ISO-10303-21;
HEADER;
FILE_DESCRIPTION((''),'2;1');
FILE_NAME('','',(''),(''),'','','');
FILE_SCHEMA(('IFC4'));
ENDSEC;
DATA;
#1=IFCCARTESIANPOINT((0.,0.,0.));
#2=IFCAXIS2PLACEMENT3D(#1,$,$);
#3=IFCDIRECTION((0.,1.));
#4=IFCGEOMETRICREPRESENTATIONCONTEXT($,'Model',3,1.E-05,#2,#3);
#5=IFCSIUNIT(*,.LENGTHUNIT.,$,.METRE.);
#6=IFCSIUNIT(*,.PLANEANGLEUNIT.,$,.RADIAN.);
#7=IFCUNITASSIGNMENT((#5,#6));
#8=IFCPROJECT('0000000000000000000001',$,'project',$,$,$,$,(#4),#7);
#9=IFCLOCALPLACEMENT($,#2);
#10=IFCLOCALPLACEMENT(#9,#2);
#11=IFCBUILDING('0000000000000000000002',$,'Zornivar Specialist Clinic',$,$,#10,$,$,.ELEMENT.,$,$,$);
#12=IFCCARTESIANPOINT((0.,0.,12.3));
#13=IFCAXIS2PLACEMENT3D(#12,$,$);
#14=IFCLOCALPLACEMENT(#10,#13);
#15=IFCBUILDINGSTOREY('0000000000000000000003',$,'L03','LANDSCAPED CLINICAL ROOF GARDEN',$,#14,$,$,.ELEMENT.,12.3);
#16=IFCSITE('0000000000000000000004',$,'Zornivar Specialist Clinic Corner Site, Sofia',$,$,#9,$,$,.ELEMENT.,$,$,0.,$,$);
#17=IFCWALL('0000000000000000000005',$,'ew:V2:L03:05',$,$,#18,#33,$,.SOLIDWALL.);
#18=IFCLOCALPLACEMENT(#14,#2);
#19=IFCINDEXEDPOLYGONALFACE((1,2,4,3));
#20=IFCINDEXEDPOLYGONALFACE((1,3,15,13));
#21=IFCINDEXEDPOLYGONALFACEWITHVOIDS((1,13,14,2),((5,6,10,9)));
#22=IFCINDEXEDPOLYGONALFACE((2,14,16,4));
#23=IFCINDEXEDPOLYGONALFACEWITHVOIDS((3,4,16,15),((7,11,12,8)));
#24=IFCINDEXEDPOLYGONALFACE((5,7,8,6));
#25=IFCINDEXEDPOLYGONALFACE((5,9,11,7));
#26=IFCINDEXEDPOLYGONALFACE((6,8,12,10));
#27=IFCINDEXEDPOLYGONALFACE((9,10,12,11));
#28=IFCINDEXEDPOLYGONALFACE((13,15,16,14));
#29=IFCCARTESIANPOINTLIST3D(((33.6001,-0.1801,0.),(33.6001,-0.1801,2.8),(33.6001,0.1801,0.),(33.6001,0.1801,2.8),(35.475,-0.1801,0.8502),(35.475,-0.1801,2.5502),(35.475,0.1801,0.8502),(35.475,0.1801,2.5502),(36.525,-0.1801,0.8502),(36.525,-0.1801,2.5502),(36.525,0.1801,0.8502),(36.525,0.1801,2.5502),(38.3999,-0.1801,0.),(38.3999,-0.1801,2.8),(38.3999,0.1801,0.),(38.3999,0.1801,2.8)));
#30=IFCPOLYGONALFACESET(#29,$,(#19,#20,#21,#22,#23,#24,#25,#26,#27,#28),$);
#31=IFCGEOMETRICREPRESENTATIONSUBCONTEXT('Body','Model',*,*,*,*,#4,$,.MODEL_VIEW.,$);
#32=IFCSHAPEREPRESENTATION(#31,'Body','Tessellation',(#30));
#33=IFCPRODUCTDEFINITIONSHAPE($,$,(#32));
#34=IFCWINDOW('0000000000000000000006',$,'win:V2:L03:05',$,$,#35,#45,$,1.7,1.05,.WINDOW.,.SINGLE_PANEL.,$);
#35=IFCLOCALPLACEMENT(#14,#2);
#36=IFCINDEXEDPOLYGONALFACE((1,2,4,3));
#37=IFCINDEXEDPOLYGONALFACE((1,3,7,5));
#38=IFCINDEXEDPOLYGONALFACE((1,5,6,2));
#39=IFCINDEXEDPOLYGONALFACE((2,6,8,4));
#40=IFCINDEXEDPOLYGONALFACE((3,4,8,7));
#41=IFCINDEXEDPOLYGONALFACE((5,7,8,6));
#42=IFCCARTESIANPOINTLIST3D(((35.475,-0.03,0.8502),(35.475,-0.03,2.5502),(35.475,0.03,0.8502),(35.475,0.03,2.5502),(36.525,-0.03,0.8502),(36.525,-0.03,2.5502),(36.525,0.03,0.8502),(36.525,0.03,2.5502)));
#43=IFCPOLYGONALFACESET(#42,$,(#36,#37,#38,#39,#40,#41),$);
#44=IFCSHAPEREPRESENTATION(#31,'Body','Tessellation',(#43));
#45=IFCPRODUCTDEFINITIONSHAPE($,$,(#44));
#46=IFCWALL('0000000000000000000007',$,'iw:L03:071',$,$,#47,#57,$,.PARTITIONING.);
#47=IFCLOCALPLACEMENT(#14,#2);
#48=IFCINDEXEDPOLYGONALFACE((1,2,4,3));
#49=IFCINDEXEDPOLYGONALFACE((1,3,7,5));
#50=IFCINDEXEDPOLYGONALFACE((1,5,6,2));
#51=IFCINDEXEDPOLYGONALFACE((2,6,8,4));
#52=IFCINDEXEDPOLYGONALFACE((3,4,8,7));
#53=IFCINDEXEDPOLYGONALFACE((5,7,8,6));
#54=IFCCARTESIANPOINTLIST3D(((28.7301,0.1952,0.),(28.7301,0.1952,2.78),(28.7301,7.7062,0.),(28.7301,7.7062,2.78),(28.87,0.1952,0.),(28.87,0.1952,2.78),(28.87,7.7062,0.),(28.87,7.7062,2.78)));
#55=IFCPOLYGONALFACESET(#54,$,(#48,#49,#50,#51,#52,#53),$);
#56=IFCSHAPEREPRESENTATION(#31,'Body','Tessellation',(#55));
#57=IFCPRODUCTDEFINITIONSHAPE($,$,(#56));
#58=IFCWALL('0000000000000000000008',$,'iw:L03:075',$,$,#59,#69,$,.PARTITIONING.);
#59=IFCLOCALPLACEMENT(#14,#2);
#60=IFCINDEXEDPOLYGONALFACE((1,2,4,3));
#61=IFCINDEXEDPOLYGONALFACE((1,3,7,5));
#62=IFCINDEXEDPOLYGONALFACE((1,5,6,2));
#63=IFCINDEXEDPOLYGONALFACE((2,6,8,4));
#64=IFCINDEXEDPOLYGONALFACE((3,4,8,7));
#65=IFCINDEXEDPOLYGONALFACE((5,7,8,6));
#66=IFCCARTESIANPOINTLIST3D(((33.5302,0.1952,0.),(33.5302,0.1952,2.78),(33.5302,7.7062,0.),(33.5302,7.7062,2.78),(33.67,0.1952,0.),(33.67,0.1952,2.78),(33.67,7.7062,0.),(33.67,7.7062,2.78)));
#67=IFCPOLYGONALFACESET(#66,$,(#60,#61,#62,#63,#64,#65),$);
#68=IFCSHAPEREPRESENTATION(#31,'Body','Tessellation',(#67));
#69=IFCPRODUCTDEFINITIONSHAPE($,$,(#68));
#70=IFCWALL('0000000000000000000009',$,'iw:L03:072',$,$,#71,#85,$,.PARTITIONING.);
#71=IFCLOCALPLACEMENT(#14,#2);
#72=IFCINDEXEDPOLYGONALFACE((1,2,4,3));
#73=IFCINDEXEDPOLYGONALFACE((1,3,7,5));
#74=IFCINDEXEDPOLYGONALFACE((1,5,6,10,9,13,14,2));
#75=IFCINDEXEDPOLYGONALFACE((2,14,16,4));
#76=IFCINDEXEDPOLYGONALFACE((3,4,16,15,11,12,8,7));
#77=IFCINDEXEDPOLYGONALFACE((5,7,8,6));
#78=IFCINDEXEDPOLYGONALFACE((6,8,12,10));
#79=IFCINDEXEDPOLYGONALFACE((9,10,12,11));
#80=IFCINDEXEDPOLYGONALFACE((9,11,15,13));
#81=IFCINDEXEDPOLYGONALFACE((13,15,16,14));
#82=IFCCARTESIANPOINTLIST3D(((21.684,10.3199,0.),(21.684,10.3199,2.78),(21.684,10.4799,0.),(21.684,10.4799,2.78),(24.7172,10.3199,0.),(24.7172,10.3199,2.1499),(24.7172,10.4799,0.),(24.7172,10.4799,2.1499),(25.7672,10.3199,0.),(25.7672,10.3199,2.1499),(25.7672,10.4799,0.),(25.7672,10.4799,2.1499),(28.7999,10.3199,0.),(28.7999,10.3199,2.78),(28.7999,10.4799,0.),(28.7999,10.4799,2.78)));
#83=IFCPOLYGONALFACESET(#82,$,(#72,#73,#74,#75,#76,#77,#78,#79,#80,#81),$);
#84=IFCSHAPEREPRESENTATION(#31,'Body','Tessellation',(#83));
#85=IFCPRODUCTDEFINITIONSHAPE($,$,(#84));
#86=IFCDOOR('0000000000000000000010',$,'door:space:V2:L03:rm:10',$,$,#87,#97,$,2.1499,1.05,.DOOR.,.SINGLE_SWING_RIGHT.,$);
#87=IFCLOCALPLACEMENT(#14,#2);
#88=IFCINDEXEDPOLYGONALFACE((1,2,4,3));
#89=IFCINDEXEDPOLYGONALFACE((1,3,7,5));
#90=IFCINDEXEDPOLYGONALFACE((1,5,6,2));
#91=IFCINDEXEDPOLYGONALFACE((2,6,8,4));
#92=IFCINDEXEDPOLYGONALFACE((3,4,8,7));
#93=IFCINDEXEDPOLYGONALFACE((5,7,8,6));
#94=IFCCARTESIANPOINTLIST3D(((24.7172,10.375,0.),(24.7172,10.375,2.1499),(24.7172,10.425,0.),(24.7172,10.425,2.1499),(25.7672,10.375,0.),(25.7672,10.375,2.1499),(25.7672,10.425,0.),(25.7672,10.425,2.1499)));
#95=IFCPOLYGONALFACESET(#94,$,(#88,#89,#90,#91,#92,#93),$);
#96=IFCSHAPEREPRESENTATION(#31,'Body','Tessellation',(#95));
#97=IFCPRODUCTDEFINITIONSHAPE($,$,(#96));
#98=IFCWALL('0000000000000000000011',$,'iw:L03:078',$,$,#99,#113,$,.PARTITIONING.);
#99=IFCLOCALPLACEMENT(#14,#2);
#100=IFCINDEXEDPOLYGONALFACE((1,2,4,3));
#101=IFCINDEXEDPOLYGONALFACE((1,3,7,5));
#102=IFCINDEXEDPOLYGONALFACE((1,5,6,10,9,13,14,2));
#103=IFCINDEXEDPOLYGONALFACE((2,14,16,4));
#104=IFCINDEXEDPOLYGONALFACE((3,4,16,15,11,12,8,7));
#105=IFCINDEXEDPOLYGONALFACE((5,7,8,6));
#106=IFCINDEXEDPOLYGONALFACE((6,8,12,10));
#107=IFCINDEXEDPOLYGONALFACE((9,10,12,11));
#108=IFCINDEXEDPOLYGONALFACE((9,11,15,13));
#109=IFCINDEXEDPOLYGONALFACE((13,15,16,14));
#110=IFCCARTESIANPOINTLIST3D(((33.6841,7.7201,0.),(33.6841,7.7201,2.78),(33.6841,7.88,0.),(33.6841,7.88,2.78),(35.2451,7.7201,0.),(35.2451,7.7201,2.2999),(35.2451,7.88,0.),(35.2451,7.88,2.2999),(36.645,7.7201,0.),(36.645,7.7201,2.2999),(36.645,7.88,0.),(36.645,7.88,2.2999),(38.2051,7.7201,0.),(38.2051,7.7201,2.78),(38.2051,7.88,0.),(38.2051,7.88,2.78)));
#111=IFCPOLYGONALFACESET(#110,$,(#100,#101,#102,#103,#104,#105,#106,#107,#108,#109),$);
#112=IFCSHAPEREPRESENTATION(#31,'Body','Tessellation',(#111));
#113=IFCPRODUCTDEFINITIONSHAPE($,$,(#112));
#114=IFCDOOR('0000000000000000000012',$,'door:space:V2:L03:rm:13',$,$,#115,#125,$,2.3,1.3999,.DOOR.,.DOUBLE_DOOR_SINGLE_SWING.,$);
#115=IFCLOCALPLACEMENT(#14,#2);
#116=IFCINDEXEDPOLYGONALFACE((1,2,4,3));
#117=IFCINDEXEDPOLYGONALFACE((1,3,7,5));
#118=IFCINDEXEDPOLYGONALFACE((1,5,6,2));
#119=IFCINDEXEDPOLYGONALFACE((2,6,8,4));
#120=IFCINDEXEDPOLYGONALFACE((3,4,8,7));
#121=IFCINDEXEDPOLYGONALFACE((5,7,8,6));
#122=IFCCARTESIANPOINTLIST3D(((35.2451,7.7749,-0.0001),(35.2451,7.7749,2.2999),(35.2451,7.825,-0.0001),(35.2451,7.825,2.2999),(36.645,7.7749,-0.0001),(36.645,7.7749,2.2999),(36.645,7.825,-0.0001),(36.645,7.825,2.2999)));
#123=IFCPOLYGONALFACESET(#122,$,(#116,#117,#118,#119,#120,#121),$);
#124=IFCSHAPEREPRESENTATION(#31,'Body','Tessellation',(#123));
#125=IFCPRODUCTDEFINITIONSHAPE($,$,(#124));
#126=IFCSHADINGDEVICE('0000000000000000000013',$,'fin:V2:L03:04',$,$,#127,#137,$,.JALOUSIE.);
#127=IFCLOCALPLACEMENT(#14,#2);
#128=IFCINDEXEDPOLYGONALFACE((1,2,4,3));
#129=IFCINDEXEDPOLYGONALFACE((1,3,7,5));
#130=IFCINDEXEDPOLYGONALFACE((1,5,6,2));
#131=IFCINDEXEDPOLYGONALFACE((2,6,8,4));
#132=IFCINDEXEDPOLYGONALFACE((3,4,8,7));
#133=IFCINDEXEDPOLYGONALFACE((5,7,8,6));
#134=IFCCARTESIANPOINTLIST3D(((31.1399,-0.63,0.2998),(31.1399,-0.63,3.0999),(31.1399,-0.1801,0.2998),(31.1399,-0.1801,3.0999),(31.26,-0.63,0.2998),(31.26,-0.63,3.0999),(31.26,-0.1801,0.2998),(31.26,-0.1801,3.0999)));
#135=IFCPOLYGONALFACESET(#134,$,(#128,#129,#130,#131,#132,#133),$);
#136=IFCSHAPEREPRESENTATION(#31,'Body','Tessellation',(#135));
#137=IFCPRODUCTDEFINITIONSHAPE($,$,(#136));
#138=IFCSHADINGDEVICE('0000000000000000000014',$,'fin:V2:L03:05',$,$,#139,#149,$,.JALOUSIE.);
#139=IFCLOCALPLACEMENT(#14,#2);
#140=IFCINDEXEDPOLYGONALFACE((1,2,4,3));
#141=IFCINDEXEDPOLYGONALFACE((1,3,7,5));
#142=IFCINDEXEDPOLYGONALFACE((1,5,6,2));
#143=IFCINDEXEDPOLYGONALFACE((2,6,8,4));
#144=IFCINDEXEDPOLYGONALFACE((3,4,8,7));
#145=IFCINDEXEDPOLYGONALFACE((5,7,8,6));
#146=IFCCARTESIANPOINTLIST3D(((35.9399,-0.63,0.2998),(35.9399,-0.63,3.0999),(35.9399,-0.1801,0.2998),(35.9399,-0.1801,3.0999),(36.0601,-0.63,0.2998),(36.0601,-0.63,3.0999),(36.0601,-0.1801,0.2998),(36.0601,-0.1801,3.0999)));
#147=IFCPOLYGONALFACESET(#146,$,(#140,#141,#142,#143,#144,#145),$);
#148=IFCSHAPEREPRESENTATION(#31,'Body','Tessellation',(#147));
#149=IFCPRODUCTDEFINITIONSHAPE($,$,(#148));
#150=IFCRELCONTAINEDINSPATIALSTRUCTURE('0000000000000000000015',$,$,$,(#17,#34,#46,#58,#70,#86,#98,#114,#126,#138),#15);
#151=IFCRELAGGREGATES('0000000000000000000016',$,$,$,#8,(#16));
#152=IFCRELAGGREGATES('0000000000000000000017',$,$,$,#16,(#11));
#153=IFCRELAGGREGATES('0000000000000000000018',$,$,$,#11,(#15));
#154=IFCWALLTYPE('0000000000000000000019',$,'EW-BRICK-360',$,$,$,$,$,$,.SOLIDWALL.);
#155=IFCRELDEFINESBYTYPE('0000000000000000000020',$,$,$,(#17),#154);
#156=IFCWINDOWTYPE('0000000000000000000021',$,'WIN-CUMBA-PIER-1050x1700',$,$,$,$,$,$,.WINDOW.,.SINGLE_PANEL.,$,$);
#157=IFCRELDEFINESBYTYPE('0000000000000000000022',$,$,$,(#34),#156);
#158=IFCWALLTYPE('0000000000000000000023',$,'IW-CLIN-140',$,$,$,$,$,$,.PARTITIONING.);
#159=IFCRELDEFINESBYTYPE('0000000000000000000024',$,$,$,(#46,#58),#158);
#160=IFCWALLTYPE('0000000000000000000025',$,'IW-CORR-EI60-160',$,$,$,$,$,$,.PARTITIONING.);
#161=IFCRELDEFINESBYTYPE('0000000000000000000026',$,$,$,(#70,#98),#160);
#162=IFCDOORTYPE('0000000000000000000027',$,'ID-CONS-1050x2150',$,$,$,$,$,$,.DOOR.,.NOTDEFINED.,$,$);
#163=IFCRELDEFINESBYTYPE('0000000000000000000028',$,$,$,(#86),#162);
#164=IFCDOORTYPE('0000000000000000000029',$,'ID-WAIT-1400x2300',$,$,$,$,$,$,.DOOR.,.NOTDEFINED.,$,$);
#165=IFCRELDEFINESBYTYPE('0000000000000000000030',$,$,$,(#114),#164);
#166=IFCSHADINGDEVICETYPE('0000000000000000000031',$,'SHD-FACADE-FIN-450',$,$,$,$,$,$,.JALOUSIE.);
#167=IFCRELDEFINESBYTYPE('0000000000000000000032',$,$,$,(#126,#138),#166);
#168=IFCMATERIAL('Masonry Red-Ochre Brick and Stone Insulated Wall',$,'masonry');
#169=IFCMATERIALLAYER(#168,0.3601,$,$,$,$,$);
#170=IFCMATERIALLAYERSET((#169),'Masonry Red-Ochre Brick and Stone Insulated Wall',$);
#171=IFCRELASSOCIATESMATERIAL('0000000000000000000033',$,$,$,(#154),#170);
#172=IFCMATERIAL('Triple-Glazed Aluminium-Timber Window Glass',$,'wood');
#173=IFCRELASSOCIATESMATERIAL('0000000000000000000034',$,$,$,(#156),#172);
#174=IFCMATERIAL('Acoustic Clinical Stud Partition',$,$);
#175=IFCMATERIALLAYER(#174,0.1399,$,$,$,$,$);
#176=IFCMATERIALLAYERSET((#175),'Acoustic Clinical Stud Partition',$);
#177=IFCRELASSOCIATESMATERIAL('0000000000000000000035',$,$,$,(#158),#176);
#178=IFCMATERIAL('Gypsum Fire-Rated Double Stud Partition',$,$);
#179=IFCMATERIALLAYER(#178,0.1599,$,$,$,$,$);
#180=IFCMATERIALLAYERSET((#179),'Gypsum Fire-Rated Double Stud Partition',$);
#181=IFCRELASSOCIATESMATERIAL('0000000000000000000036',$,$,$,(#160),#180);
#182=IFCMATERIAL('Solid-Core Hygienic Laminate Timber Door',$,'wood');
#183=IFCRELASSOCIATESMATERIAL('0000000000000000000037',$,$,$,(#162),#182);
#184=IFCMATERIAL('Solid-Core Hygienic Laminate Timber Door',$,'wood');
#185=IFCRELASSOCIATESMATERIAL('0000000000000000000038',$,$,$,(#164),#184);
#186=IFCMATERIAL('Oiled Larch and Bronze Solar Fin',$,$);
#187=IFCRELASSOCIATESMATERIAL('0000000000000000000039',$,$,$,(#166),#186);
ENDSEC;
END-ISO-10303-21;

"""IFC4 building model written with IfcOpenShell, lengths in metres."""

from ifc_helpers import new_model, si_unit, direction, frame, frame_2d, origin, origin_2d, place, context, subcontext, project, spatial, rectangle, extrude, material, layer, layer_set, type_object, element, fill, save


model = new_model("IFC4")

# Units and contexts
model_context = context("Model", 3, precision=1e-05, world=origin(), true_north=direction((0.0, 1.0)))
body_context = subcontext(model_context, "Body", "Model", "MODEL_VIEW")
ifc_project = project(units=[si_unit("LENGTHUNIT", "METRE"), si_unit("PLANEANGLEUNIT", "RADIAN")], contexts=[model_context])

# Site, building, storey
site_placement = place(None, origin())
site = spatial("IfcSite", under=ifc_project, at=site_placement, Name="Zornivar Specialist Clinic Corner Site, Sofia", CompositionType="ELEMENT", RefElevation=0.0)
building_placement = place(site_placement, origin())
building = spatial("IfcBuilding", under=site, at=building_placement, Name="Zornivar Specialist Clinic", CompositionType="ELEMENT")
storey_placement = place(building_placement, frame((0.0, 0.0, 12.3)))
storey = spatial("IfcBuildingStorey", under=building, at=storey_placement, Name="L03", Description="LANDSCAPED CLINICAL ROOF GARDEN", CompositionType="ELEMENT", Elevation=12.3)

# Wall, opening, window
ifc_material_1 = material(Name="Masonry Red-Ochre Brick and Stone Insulated Wall", Category="masonry")
ifc_layer_1 = layer(ifc_material_1, 0.3601)
ifc_layer_set_1 = layer_set([ifc_layer_1], Name="Masonry Red-Ochre Brick and Stone Insulated Wall")
wall_type_1 = type_object("IfcWallType", Name="EW-BRICK-360", PredefinedType="SOLIDWALL", material=ifc_layer_set_1)
ifc_material_2 = material(Name="Triple-Glazed Aluminium-Timber Window Glass", Category="wood")
window_type = type_object("IfcWindowType", Name="WIN-CUMBA-PIER-1050x1700", PartitioningType="SINGLE_PANEL", PredefinedType="WINDOW", material=ifc_material_2)
wall_1_placement = place(storey_placement, frame((33.6001, 0.0, 0.0), z_axis=(0.0, 0.0, 1.0), x_axis=(1.0, 0.0, 0.0)))
wall_1 = element("IfcWall", 1, at=wall_1_placement, inside=storey, type_object=wall_type_1, Name="ew:V2:L03:05", PredefinedType="SOLIDWALL", context=body_context, shape_type="SweptSolid", body=[
    extrude(rectangle(XDim=4.7998, YDim=0.3601, at=frame_2d((2.3999, 0.0))), origin(), (0.0, 0.0, 1.0), 2.8),
])
opening_1_placement = place(wall_1_placement, frame((1.875, 0.0, 0.8501)))
opening_1 = element("IfcOpeningElement", 2, at=opening_1_placement, cuts=wall_1, PredefinedType="OPENING", context=body_context, shape_type="SweptSolid", body=[
    extrude(rectangle(XDim=1.05, YDim=1.7, at=frame_2d((0.5249, 0.8501))), frame((0.0, 0.1899, 0.0), z_axis=(0.0, -1.0, 0.0), x_axis=(1.0, 0.0, 0.0)), (0.0, 0.0, 1.0), 0.3801),
])
window_1_placement = place(opening_1_placement, origin())
window_1 = element("IfcWindow", 3, at=window_1_placement, inside=storey, type_object=window_type, Name="win:V2:L03:05", OverallHeight=1.7, OverallWidth=1.05, PartitioningType="SINGLE_PANEL", PredefinedType="WINDOW", context=body_context, shape_type="SweptSolid", body=[
    extrude(rectangle(XDim=1.05, YDim=1.7, at=frame_2d((0.5249, 0.8501))), frame((0.0, 0.03, 0.0), z_axis=(0.0, -1.0, 0.0), x_axis=(1.0, 0.0, 0.0)), (0.0, 0.0, 1.0), 0.0601),
])
fill(opening_1, window_1)

# Walls
ifc_material_3 = material(Name="Acoustic Clinical Stud Partition")
ifc_layer_2 = layer(ifc_material_3, 0.1399)
ifc_layer_set_2 = layer_set([ifc_layer_2], Name="Acoustic Clinical Stud Partition")
wall_type_2 = type_object("IfcWallType", Name="IW-CLIN-140", PredefinedType="PARTITIONING", material=ifc_layer_set_2)
for number, where, z_axis, x_axis, name in (
    (4, (28.8, 7.7061, 0.0), (0.0, 0.0, 1.0), (0.0, -1.0, 0.0), "iw:L03:071"),
    (5, (33.6001, 7.7061, 0.0), (0.0, 0.0, 1.0), (0.0, -1.0, 0.0), "iw:L03:075"),
):
    element("IfcWall", number, at=place(storey_placement, frame(where, z_axis=z_axis, x_axis=x_axis)), inside=storey, type_object=wall_type_2, Name=name, PredefinedType="PARTITIONING", context=body_context, shape_type="SweptSolid", body=[
        extrude(rectangle(XDim=7.511, YDim=0.1399, at=frame_2d((3.7554, 0.0))), origin(), (0.0, 0.0, 1.0), 2.78),
    ])

# Walls, openings, doors
ifc_material_4 = material(Name="Gypsum Fire-Rated Double Stud Partition")
ifc_layer_3 = layer(ifc_material_4, 0.1599)
ifc_layer_set_3 = layer_set([ifc_layer_3], Name="Gypsum Fire-Rated Double Stud Partition")
wall_type_3 = type_object("IfcWallType", Name="IW-CORR-EI60-160", PredefinedType="PARTITIONING", material=ifc_layer_set_3)
wall_2_placement = place(storey_placement, frame((28.8, 10.3999, 0.0), z_axis=(0.0, 0.0, 1.0), x_axis=(-1.0, 0.0, 0.0)))
wall_2 = element("IfcWall", 6, at=wall_2_placement, inside=storey, type_object=wall_type_3, Name="iw:L03:072", PredefinedType="PARTITIONING", context=body_context, shape_type="SweptSolid", body=[
    extrude(rectangle(XDim=7.116, YDim=0.1599, at=frame_2d((3.5581, 0.0))), origin(), (0.0, 0.0, 1.0), 2.78),
])
opening_2_placement = place(wall_2_placement, frame((3.033, 0.0, 0.0)))
opening_2 = element("IfcOpeningElement", 7, at=opening_2_placement, cuts=wall_2, PredefinedType="OPENING", context=body_context, shape_type="SweptSolid", body=[
    extrude(rectangle(XDim=1.05, YDim=2.1499, at=frame_2d((0.5249, 1.075))), frame((0.0, 0.0898, 0.0), z_axis=(0.0, -1.0, 0.0), x_axis=(1.0, 0.0, 0.0)), (0.0, 0.0, 1.0), 0.1799),
])
ifc_material_5 = material(Name="Solid-Core Hygienic Laminate Timber Door", Category="wood")
door_type_1 = type_object("IfcDoorType", Name="ID-CONS-1050x2150", OperationType="NOTDEFINED", PredefinedType="DOOR", material=ifc_material_5)
door_1_placement = place(opening_2_placement, origin())
door_1 = element("IfcDoor", 8, at=door_1_placement, inside=storey, type_object=door_type_1, Name="door:space:V2:L03:rm:10", OperationType="SINGLE_SWING_RIGHT", OverallHeight=2.1499, OverallWidth=1.05, PredefinedType="DOOR", context=body_context, shape_type="SweptSolid", body=[
    extrude(rectangle(XDim=1.05, YDim=2.1499, at=frame_2d((0.5249, 1.075))), frame((0.0, 0.0249, 0.0), z_axis=(0.0, -1.0, 0.0), x_axis=(1.0, 0.0, 0.0)), (0.0, 0.0, 1.0), 0.05),
])
fill(opening_2, door_1)
wall_3_placement = place(storey_placement, frame((33.6841, 7.8, 0.0), z_axis=(0.0, 0.0, 1.0), x_axis=(1.0, 0.0, 0.0)))
wall_3 = element("IfcWall", 9, at=wall_3_placement, inside=storey, type_object=wall_type_3, Name="iw:L03:078", PredefinedType="PARTITIONING", context=body_context, shape_type="SweptSolid", body=[
    extrude(rectangle(XDim=4.521, YDim=0.1599, at=frame_2d((2.2605, 0.0))), origin(), (0.0, 0.0, 1.0), 2.78),
])
opening_3_placement = place(wall_3_placement, frame((1.561, 0.0, 0.0)))
opening_3 = element("IfcOpeningElement", 10, at=opening_3_placement, cuts=wall_3, PredefinedType="OPENING", context=body_context, shape_type="SweptSolid", body=[
    extrude(rectangle(XDim=1.3999, YDim=2.3, at=frame_2d((0.7, 1.1499))), frame((0.0, 0.0898, 0.0), z_axis=(0.0, -1.0, 0.0), x_axis=(1.0, 0.0, 0.0)), (0.0, 0.0, 1.0), 0.1799),
])
ifc_material_6 = material(Name="Solid-Core Hygienic Laminate Timber Door", Category="wood")
door_type_2 = type_object("IfcDoorType", Name="ID-WAIT-1400x2300", OperationType="NOTDEFINED", PredefinedType="DOOR", material=ifc_material_6)
door_2_placement = place(opening_3_placement, origin())
door_2 = element("IfcDoor", 11, at=door_2_placement, inside=storey, type_object=door_type_2, Name="door:space:V2:L03:rm:13", OperationType="DOUBLE_DOOR_SINGLE_SWING", OverallHeight=2.3, OverallWidth=1.3999, PredefinedType="DOOR", context=body_context, shape_type="SweptSolid", body=[
    extrude(rectangle(XDim=1.3999, YDim=2.3, at=frame_2d((0.7, 1.1499))), frame((0.0, 0.0249, 0.0), z_axis=(0.0, -1.0, 0.0), x_axis=(1.0, 0.0, 0.0)), (0.0, 0.0, 1.0), 0.05),
])
fill(opening_3, door_2)

# Shading devices
ifc_material_7 = material(Name="Oiled Larch and Bronze Solar Fin")
shading_device_type = type_object("IfcShadingDeviceType", Name="SHD-FACADE-FIN-450", PredefinedType="JALOUSIE", material=ifc_material_7)
for number, where, z_axis, x_axis, name in (
    (12, (31.2, -0.405, 0.2998), (0.0, 0.0, 1.0), (1.0, 0.0, 0.0), "fin:V2:L03:04"),
    (13, (36.0, -0.405, 0.2998), (0.0, 0.0, 1.0), (1.0, 0.0, 0.0), "fin:V2:L03:05"),
):
    element("IfcShadingDevice", number, at=place(storey_placement, frame(where, z_axis=z_axis, x_axis=x_axis)), inside=storey, type_object=shading_device_type, Name=name, PredefinedType="JALOUSIE", context=body_context, shape_type="SweptSolid", body=[
        extrude(rectangle(XDim=0.1201, YDim=0.45, at=origin_2d()), origin(), (0.0, 0.0, 1.0), 2.8),
    ])

save(model, "model.ifc")
